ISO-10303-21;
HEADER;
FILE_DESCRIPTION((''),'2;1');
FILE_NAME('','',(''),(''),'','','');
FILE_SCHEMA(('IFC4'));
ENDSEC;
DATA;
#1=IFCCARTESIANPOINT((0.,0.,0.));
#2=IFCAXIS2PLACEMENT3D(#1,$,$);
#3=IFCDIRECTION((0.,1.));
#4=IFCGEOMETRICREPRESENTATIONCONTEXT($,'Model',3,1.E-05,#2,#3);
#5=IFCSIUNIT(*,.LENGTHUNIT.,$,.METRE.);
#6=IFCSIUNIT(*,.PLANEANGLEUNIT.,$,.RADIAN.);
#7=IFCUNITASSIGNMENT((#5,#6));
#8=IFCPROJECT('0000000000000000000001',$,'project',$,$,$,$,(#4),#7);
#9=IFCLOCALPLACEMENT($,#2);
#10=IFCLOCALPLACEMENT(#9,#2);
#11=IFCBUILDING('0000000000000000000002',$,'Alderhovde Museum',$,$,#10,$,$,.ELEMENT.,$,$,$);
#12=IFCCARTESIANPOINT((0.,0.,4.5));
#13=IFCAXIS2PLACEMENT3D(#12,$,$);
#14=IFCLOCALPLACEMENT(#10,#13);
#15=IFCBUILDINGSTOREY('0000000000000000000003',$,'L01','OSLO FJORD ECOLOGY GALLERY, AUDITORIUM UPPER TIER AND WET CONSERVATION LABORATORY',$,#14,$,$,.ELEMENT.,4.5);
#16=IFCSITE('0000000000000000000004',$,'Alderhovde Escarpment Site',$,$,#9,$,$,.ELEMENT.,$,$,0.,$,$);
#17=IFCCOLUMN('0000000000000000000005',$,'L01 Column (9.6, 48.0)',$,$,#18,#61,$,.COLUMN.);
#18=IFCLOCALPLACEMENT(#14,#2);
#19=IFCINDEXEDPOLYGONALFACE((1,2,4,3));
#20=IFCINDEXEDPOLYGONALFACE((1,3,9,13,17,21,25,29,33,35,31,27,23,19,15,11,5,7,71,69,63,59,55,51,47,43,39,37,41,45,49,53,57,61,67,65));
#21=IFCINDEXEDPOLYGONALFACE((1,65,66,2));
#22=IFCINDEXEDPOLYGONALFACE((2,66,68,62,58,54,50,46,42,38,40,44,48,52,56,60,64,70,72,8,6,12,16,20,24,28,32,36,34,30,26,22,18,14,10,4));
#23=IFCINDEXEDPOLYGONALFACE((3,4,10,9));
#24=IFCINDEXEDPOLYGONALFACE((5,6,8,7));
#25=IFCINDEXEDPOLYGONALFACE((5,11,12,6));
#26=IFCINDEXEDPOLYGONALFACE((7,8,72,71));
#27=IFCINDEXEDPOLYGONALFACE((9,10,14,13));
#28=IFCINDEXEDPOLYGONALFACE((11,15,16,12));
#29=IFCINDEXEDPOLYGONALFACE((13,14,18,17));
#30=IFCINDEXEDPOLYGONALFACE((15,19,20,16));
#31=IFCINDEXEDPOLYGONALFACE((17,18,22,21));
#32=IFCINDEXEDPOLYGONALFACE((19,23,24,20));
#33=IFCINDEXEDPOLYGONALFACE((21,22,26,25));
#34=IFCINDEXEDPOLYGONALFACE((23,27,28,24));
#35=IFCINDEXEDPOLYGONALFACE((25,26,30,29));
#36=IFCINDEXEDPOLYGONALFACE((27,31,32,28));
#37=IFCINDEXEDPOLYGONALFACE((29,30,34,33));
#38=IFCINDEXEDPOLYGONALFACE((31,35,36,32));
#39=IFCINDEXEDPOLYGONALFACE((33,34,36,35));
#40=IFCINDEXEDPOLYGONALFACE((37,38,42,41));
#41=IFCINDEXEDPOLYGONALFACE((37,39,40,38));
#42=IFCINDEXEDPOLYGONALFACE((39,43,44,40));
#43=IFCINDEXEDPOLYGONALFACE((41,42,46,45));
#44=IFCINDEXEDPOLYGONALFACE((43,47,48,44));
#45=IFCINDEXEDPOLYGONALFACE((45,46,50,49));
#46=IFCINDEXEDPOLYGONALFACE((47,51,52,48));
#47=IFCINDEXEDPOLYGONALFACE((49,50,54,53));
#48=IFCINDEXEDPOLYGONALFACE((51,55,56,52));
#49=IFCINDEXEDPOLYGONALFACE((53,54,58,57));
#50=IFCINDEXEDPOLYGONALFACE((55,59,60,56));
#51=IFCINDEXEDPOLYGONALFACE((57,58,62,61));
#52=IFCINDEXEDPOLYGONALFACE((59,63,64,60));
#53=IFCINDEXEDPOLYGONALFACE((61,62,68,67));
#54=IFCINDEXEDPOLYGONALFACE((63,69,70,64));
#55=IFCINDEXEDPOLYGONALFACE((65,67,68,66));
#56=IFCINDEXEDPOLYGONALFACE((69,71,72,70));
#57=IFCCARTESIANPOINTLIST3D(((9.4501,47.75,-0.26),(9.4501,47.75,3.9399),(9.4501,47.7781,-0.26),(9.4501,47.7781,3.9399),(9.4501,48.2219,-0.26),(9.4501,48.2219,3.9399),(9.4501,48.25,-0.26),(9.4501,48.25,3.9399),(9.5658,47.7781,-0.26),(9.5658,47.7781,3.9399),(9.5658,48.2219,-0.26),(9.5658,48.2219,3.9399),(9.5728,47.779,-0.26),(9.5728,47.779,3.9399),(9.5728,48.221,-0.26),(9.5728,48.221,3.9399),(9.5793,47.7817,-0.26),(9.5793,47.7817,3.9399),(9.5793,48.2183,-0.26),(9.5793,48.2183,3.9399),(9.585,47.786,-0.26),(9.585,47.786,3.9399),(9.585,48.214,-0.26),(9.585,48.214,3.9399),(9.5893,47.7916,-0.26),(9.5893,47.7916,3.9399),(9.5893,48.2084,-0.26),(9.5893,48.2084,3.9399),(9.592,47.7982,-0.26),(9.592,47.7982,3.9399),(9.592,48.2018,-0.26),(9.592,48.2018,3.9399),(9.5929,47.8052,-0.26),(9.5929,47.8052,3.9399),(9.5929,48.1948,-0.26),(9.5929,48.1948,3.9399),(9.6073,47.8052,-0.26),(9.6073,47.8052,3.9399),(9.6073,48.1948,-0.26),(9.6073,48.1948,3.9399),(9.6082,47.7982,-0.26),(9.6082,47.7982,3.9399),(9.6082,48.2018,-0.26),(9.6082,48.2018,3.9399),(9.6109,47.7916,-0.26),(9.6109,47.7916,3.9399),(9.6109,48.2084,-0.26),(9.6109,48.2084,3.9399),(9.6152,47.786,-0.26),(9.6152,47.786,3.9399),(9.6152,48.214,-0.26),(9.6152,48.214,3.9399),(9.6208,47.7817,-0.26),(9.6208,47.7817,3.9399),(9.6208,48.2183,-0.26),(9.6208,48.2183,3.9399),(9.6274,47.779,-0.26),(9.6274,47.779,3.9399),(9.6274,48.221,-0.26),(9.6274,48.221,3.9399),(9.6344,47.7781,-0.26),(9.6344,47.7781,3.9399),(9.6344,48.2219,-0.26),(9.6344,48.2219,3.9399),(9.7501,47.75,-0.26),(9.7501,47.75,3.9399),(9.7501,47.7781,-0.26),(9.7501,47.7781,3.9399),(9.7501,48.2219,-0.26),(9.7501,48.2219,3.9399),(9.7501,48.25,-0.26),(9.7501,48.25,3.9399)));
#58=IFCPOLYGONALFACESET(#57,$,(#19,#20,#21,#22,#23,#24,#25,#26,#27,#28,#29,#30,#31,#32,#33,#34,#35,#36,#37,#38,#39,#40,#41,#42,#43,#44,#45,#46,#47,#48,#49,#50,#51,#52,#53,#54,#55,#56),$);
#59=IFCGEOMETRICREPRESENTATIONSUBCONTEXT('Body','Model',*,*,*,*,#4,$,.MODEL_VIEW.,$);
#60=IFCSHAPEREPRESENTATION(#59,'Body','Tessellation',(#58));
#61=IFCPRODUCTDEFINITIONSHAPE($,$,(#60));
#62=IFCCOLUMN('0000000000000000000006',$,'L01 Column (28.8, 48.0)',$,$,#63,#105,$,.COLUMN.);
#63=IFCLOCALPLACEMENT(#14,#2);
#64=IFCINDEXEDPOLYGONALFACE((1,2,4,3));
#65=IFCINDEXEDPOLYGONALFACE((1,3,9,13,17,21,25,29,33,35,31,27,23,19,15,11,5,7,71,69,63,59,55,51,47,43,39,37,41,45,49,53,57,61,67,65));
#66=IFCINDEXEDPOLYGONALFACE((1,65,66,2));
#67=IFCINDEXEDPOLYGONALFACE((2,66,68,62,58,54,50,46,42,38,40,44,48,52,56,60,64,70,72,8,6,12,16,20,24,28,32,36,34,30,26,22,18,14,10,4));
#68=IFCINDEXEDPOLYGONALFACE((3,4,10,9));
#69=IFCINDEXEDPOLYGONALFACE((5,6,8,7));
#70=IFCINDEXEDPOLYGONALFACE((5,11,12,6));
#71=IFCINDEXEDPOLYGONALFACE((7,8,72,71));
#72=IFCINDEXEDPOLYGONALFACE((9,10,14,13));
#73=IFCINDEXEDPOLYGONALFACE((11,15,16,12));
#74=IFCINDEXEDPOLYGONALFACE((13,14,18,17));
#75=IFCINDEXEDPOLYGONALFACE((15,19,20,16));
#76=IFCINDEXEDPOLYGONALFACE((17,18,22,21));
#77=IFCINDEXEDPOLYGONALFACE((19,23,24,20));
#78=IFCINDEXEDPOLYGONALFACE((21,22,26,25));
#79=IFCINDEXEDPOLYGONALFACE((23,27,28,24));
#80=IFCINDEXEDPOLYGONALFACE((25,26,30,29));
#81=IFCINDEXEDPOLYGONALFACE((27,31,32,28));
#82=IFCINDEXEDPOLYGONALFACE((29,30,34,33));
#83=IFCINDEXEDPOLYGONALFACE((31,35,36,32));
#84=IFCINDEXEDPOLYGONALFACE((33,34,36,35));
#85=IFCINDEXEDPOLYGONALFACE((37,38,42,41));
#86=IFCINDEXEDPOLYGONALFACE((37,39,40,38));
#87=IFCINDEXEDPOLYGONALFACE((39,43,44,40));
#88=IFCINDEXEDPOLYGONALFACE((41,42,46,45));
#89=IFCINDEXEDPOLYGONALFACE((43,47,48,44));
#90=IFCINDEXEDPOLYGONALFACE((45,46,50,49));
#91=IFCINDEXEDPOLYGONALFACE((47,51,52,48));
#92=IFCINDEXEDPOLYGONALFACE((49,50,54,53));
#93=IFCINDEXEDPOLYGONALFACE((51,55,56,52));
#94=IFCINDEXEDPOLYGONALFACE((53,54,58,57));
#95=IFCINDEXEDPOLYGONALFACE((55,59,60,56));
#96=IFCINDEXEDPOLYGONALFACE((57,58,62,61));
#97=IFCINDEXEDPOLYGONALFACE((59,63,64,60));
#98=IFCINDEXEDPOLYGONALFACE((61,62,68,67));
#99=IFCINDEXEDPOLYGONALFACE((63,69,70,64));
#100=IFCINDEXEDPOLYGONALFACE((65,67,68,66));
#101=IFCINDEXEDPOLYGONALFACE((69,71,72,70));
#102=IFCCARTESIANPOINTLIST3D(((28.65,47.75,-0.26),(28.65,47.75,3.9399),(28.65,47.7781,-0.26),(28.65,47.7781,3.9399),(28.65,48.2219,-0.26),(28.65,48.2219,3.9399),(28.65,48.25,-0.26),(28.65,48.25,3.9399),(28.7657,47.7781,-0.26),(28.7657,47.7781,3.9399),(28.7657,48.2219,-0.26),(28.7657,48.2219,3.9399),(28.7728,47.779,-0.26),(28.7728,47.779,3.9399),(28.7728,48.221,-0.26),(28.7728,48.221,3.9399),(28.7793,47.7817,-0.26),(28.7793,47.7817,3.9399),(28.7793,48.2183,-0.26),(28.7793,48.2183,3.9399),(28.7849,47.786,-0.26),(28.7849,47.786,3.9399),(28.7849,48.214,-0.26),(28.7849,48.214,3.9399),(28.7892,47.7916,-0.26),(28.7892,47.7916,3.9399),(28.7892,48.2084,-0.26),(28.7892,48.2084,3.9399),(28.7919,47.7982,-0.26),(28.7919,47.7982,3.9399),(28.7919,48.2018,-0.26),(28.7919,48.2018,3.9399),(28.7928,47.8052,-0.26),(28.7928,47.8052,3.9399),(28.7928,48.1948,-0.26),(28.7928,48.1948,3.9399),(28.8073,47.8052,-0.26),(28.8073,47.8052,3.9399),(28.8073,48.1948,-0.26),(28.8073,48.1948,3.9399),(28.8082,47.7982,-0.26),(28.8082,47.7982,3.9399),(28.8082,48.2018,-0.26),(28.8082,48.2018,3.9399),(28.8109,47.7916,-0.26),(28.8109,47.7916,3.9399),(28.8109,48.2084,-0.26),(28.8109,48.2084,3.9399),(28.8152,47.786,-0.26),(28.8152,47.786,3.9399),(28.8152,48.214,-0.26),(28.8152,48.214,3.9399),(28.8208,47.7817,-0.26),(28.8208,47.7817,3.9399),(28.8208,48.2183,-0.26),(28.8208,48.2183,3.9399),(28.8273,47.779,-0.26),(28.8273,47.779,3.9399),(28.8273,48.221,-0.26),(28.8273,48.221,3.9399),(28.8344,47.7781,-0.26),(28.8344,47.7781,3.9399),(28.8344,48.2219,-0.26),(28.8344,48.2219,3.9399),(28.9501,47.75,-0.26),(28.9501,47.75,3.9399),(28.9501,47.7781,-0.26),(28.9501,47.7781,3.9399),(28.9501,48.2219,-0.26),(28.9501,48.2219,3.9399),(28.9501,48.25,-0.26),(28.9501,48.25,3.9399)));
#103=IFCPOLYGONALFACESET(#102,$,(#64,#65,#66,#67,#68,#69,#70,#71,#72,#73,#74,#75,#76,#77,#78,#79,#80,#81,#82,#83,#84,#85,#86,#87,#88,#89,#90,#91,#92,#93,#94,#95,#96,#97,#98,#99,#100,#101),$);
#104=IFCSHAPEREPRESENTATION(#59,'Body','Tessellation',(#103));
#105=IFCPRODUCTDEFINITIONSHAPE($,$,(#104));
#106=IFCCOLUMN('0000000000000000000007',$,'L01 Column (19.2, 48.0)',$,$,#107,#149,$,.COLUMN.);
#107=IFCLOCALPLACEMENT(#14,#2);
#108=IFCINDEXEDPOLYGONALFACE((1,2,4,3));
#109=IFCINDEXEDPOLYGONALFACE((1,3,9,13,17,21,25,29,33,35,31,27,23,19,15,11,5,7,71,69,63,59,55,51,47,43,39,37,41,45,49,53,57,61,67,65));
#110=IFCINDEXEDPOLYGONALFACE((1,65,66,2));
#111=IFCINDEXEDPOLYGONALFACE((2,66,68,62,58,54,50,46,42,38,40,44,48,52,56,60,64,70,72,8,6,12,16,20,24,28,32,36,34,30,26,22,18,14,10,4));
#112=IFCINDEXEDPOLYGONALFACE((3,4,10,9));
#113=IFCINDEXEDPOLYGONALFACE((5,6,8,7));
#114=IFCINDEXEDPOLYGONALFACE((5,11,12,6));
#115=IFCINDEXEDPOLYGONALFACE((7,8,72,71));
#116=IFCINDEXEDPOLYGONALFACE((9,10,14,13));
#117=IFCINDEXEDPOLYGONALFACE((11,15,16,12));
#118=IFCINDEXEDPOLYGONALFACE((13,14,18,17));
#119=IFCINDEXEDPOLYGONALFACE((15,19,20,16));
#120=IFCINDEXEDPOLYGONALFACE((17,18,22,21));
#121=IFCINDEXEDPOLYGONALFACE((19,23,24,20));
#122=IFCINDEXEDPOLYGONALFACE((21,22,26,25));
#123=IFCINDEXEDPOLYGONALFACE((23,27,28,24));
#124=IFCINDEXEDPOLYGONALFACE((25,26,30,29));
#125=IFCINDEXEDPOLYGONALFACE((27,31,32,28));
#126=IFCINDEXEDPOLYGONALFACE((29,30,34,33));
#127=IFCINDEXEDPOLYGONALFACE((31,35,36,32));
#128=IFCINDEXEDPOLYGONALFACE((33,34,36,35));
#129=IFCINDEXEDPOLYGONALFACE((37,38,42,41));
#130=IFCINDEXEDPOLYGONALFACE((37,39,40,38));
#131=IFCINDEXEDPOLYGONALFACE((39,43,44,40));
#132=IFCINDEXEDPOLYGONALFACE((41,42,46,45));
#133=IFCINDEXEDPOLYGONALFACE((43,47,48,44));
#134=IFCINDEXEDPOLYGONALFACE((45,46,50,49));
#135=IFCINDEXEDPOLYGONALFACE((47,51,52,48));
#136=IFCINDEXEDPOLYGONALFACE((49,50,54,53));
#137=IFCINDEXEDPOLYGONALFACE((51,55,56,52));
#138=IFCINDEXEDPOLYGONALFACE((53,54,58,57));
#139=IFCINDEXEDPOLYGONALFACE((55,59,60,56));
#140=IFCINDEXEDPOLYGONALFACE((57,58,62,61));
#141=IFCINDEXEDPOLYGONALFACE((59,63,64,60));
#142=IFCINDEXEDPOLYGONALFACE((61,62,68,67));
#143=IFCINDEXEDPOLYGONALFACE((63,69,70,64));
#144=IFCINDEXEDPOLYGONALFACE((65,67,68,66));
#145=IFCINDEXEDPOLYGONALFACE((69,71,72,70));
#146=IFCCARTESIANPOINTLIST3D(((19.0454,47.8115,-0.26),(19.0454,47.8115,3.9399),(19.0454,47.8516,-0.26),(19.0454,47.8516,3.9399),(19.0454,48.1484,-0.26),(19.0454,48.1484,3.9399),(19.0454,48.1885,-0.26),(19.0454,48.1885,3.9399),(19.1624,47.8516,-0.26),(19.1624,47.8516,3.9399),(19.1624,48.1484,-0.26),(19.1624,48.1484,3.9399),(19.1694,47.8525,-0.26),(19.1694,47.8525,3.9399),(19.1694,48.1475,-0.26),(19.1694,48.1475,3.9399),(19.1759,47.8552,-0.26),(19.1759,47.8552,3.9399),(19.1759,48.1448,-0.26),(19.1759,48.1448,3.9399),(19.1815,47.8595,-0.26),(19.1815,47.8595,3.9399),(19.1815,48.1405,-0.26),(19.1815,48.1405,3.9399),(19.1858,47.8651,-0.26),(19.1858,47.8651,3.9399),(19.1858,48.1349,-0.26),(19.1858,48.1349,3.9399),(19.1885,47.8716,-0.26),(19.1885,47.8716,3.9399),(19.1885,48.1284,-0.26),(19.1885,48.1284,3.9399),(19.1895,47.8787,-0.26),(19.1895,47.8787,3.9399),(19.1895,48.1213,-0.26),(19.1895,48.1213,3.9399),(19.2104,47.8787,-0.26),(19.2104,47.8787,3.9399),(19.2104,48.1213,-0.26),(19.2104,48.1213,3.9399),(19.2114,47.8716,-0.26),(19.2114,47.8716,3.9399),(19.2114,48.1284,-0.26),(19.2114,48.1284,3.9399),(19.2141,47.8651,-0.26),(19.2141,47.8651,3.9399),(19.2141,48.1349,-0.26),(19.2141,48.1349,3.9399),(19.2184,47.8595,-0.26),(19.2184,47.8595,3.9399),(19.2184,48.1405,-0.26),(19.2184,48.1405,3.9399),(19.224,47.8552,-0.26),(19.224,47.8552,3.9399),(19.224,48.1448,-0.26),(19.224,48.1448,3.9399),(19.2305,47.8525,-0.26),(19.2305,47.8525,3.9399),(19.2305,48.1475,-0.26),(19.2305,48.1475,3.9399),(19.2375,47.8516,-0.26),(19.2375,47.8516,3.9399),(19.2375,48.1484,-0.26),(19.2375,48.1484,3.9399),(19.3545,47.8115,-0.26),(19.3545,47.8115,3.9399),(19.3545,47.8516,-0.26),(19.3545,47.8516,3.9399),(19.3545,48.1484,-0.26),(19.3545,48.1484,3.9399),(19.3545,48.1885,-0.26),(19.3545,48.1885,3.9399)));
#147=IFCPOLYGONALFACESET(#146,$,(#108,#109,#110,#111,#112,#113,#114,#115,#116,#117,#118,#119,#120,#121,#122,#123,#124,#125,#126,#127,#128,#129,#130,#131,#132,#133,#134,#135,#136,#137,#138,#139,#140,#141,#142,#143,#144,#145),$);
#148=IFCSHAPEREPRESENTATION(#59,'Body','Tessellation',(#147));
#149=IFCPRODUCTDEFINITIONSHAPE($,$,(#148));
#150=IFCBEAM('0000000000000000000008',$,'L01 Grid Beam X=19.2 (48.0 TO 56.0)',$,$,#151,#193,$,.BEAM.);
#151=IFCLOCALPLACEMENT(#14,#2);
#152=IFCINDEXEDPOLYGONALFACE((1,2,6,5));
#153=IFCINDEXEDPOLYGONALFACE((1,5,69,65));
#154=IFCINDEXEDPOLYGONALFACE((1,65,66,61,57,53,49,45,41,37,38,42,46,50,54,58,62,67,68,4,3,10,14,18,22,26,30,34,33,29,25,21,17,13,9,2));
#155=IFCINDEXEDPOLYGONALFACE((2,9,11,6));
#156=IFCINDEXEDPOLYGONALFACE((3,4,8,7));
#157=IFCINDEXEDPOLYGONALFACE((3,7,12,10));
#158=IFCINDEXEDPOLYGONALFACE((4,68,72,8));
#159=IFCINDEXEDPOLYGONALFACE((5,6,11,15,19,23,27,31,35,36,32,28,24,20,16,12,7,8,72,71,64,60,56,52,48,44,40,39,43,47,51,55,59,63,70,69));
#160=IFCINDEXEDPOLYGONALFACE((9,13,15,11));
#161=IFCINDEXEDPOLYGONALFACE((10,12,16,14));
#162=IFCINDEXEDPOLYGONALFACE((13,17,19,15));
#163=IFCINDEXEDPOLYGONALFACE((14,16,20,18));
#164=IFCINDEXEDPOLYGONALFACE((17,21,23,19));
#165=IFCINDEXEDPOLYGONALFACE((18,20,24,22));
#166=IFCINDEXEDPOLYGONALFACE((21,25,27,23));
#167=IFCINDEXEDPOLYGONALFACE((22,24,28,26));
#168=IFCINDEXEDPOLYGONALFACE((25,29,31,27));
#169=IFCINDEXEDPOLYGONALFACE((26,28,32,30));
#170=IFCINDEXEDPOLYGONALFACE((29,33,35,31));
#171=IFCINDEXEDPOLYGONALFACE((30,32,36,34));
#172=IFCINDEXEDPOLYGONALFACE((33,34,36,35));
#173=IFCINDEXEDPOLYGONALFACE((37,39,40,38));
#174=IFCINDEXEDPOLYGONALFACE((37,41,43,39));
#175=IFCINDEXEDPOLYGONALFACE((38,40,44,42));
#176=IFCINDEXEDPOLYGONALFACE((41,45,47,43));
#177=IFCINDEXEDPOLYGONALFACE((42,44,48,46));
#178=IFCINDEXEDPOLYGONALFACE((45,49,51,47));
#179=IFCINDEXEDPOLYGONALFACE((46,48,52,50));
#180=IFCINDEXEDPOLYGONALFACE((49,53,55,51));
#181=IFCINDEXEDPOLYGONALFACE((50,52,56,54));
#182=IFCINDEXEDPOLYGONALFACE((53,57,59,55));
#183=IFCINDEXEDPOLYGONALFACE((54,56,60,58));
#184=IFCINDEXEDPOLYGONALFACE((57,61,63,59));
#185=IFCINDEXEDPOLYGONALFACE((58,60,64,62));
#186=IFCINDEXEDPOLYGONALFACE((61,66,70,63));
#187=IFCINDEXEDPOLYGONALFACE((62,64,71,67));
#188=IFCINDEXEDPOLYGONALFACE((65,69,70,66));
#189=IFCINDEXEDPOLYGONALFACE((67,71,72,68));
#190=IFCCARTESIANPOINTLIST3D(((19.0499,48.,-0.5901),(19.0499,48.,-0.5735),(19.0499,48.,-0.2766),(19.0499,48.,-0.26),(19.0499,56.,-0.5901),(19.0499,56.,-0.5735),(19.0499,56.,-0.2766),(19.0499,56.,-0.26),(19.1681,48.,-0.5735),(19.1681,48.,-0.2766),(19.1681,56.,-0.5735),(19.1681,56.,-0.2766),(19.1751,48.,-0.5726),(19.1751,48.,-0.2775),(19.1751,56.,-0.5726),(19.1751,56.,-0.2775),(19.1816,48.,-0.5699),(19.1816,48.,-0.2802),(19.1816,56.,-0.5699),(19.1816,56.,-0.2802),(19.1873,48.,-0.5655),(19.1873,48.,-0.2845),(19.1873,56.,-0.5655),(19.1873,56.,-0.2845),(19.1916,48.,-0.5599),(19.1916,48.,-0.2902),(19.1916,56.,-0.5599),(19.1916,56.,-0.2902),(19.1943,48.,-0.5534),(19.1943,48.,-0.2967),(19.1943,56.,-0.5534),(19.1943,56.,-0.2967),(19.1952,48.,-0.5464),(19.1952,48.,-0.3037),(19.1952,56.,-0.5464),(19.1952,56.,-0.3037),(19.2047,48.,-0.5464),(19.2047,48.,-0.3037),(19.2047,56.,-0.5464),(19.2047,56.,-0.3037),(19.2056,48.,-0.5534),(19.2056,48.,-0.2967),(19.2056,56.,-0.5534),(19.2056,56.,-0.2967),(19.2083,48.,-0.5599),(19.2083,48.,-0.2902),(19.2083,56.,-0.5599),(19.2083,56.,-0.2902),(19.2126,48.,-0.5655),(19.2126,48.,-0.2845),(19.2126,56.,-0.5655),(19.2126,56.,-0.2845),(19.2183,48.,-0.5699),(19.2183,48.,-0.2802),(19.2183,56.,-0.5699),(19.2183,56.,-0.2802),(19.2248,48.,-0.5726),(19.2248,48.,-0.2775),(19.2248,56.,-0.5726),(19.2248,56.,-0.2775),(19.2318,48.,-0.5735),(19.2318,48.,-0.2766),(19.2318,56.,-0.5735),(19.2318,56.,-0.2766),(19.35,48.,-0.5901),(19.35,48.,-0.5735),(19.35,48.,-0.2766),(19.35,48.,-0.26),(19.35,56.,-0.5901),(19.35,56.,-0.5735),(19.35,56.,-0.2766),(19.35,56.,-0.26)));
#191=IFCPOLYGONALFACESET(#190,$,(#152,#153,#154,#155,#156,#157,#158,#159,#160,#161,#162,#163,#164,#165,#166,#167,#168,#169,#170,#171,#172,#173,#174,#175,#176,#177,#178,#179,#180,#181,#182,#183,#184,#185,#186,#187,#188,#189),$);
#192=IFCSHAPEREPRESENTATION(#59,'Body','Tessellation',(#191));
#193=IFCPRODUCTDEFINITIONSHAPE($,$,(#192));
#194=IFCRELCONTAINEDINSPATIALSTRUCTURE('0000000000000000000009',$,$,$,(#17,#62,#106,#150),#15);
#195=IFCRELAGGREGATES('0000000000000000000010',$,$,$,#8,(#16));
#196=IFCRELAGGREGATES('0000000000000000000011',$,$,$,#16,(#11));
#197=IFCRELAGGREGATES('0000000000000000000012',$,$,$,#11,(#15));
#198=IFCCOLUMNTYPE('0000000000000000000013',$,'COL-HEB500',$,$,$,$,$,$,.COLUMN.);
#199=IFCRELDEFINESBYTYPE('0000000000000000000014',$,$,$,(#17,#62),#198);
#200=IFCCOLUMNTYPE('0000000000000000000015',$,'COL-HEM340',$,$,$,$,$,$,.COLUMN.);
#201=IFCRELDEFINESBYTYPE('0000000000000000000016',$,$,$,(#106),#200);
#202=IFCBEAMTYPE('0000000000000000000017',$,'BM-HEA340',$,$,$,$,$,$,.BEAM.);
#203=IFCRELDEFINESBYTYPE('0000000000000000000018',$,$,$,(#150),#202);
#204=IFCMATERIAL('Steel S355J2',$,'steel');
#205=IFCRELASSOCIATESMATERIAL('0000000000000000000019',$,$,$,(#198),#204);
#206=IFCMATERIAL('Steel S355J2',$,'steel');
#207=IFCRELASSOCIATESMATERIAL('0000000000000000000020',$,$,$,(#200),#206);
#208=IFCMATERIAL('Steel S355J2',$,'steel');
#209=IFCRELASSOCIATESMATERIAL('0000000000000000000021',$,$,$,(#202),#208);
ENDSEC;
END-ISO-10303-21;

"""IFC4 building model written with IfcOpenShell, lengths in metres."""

from ifc_helpers import new_model, si_unit, direction, frame, origin, origin_2d, place, context, subcontext, project, spatial, i_section, extrude, material, material_profile, profile_set, type_object, element, save


model = new_model("IFC4")

# Units and contexts
model_context = context("Model", 3, precision=1e-05, world=origin(), true_north=direction((0.0, 1.0)))
body_context = subcontext(model_context, "Body", "Model", "MODEL_VIEW")
ifc_project = project(units=[si_unit("LENGTHUNIT", "METRE"), si_unit("PLANEANGLEUNIT", "RADIAN")], contexts=[model_context])

# Site, building, storey
site_placement = place(None, origin())
site = spatial("IfcSite", under=ifc_project, at=site_placement, Name="Alderhovde Escarpment Site", CompositionType="ELEMENT", RefElevation=0.0)
building_placement = place(site_placement, origin())
building = spatial("IfcBuilding", under=site, at=building_placement, Name="Alderhovde Museum", CompositionType="ELEMENT")
storey_placement = place(building_placement, frame((0.0, 0.0, 4.5)))
storey = spatial("IfcBuildingStorey", under=building, at=storey_placement, Name="L01", Description="OSLO FJORD ECOLOGY GALLERY, AUDITORIUM UPPER TIER AND WET CONSERVATION LABORATORY", CompositionType="ELEMENT", Elevation=4.5)

# Columns
ifc_material_1 = material(Name="Steel S355J2", Category="steel")
ifc_material_profile_1 = material_profile(ifc_material_1, i_section(OverallWidth=0.3, OverallDepth=0.5, WebThickness=0.0144, FlangeThickness=0.0281, FilletRadius=0.0271, at=origin_2d()), Name="HEB 500")
ifc_profile_set_1 = profile_set([ifc_material_profile_1], Name="Steel S355J2")
column_type_1 = type_object("IfcColumnType", Name="COL-HEB500", PredefinedType="COLUMN", material=ifc_profile_set_1)
for number, where, z_axis, x_axis, name in (
    (1, (9.6001, 48.0, -0.26), (0.0, 0.0, 1.0), (1.0, 0.0, 0.0), "L01 Column (9.6, 48.0)"),
    (2, (28.8, 48.0, -0.26), (0.0, 0.0, 1.0), (1.0, 0.0, 0.0), "L01 Column (28.8, 48.0)"),
):
    element("IfcColumn", number, at=place(storey_placement, frame(where, z_axis=z_axis, x_axis=x_axis)), inside=storey, type_object=column_type_1, Name=name, PredefinedType="COLUMN", context=body_context, shape_type="SweptSolid", body=[
        extrude(i_section(OverallWidth=0.3, OverallDepth=0.5, WebThickness=0.0144, FlangeThickness=0.0281, FilletRadius=0.0271, at=origin_2d()), origin(), (0.0, 0.0, 1.0), 4.2),
    ])
ifc_material_2 = material(Name="Steel S355J2", Category="steel")
ifc_material_profile_2 = material_profile(ifc_material_2, i_section(OverallWidth=0.3091, OverallDepth=0.377, WebThickness=0.021, FlangeThickness=0.04, FilletRadius=0.0271, at=origin_2d()), Name="HEM 340")
ifc_profile_set_2 = profile_set([ifc_material_profile_2], Name="Steel S355J2")
column_type_2 = type_object("IfcColumnType", Name="COL-HEM340", PredefinedType="COLUMN", material=ifc_profile_set_2)
column_placement = place(storey_placement, frame((19.2, 48.0, -0.26), z_axis=(0.0, 0.0, 1.0), x_axis=(1.0, 0.0, 0.0)))
element("IfcColumn", 3, at=column_placement, inside=storey, type_object=column_type_2, Name="L01 Column (19.2, 48.0)", PredefinedType="COLUMN", context=body_context, shape_type="SweptSolid", body=[
    extrude(i_section(OverallWidth=0.3091, OverallDepth=0.377, WebThickness=0.021, FlangeThickness=0.04, FilletRadius=0.0271, at=origin_2d()), origin(), (0.0, 0.0, 1.0), 4.2),
])

# Beam
ifc_material_3 = material(Name="Steel S355J2", Category="steel")
ifc_material_profile_3 = material_profile(ifc_material_3, i_section(OverallWidth=0.3, OverallDepth=0.3301, WebThickness=0.0095, FlangeThickness=0.0166, FilletRadius=0.0271, at=origin_2d()), Name="HEA 340")
ifc_profile_set_3 = profile_set([ifc_material_profile_3], Name="Steel S355J2")
beam_type_1 = type_object("IfcBeamType", Name="BM-HEA340", PredefinedType="BEAM", material=ifc_profile_set_3)
beam_1_placement = place(storey_placement, frame((19.2, 48.0, -0.425), z_axis=(0.0, 1.0, 0.0), x_axis=(-1.0, 0.0, 0.0)))
element("IfcBeam", 4, at=beam_1_placement, inside=storey, type_object=beam_type_1, Name="L01 Grid Beam X=19.2 (48.0 TO 56.0)", PredefinedType="BEAM", context=body_context, shape_type="SweptSolid", body=[
    extrude(i_section(OverallWidth=0.3, OverallDepth=0.3301, WebThickness=0.0095, FlangeThickness=0.0166, FilletRadius=0.0271, at=origin_2d()), origin(), (0.0, 0.0, 1.0), 8.0),
])

save(model, "model.ifc")
